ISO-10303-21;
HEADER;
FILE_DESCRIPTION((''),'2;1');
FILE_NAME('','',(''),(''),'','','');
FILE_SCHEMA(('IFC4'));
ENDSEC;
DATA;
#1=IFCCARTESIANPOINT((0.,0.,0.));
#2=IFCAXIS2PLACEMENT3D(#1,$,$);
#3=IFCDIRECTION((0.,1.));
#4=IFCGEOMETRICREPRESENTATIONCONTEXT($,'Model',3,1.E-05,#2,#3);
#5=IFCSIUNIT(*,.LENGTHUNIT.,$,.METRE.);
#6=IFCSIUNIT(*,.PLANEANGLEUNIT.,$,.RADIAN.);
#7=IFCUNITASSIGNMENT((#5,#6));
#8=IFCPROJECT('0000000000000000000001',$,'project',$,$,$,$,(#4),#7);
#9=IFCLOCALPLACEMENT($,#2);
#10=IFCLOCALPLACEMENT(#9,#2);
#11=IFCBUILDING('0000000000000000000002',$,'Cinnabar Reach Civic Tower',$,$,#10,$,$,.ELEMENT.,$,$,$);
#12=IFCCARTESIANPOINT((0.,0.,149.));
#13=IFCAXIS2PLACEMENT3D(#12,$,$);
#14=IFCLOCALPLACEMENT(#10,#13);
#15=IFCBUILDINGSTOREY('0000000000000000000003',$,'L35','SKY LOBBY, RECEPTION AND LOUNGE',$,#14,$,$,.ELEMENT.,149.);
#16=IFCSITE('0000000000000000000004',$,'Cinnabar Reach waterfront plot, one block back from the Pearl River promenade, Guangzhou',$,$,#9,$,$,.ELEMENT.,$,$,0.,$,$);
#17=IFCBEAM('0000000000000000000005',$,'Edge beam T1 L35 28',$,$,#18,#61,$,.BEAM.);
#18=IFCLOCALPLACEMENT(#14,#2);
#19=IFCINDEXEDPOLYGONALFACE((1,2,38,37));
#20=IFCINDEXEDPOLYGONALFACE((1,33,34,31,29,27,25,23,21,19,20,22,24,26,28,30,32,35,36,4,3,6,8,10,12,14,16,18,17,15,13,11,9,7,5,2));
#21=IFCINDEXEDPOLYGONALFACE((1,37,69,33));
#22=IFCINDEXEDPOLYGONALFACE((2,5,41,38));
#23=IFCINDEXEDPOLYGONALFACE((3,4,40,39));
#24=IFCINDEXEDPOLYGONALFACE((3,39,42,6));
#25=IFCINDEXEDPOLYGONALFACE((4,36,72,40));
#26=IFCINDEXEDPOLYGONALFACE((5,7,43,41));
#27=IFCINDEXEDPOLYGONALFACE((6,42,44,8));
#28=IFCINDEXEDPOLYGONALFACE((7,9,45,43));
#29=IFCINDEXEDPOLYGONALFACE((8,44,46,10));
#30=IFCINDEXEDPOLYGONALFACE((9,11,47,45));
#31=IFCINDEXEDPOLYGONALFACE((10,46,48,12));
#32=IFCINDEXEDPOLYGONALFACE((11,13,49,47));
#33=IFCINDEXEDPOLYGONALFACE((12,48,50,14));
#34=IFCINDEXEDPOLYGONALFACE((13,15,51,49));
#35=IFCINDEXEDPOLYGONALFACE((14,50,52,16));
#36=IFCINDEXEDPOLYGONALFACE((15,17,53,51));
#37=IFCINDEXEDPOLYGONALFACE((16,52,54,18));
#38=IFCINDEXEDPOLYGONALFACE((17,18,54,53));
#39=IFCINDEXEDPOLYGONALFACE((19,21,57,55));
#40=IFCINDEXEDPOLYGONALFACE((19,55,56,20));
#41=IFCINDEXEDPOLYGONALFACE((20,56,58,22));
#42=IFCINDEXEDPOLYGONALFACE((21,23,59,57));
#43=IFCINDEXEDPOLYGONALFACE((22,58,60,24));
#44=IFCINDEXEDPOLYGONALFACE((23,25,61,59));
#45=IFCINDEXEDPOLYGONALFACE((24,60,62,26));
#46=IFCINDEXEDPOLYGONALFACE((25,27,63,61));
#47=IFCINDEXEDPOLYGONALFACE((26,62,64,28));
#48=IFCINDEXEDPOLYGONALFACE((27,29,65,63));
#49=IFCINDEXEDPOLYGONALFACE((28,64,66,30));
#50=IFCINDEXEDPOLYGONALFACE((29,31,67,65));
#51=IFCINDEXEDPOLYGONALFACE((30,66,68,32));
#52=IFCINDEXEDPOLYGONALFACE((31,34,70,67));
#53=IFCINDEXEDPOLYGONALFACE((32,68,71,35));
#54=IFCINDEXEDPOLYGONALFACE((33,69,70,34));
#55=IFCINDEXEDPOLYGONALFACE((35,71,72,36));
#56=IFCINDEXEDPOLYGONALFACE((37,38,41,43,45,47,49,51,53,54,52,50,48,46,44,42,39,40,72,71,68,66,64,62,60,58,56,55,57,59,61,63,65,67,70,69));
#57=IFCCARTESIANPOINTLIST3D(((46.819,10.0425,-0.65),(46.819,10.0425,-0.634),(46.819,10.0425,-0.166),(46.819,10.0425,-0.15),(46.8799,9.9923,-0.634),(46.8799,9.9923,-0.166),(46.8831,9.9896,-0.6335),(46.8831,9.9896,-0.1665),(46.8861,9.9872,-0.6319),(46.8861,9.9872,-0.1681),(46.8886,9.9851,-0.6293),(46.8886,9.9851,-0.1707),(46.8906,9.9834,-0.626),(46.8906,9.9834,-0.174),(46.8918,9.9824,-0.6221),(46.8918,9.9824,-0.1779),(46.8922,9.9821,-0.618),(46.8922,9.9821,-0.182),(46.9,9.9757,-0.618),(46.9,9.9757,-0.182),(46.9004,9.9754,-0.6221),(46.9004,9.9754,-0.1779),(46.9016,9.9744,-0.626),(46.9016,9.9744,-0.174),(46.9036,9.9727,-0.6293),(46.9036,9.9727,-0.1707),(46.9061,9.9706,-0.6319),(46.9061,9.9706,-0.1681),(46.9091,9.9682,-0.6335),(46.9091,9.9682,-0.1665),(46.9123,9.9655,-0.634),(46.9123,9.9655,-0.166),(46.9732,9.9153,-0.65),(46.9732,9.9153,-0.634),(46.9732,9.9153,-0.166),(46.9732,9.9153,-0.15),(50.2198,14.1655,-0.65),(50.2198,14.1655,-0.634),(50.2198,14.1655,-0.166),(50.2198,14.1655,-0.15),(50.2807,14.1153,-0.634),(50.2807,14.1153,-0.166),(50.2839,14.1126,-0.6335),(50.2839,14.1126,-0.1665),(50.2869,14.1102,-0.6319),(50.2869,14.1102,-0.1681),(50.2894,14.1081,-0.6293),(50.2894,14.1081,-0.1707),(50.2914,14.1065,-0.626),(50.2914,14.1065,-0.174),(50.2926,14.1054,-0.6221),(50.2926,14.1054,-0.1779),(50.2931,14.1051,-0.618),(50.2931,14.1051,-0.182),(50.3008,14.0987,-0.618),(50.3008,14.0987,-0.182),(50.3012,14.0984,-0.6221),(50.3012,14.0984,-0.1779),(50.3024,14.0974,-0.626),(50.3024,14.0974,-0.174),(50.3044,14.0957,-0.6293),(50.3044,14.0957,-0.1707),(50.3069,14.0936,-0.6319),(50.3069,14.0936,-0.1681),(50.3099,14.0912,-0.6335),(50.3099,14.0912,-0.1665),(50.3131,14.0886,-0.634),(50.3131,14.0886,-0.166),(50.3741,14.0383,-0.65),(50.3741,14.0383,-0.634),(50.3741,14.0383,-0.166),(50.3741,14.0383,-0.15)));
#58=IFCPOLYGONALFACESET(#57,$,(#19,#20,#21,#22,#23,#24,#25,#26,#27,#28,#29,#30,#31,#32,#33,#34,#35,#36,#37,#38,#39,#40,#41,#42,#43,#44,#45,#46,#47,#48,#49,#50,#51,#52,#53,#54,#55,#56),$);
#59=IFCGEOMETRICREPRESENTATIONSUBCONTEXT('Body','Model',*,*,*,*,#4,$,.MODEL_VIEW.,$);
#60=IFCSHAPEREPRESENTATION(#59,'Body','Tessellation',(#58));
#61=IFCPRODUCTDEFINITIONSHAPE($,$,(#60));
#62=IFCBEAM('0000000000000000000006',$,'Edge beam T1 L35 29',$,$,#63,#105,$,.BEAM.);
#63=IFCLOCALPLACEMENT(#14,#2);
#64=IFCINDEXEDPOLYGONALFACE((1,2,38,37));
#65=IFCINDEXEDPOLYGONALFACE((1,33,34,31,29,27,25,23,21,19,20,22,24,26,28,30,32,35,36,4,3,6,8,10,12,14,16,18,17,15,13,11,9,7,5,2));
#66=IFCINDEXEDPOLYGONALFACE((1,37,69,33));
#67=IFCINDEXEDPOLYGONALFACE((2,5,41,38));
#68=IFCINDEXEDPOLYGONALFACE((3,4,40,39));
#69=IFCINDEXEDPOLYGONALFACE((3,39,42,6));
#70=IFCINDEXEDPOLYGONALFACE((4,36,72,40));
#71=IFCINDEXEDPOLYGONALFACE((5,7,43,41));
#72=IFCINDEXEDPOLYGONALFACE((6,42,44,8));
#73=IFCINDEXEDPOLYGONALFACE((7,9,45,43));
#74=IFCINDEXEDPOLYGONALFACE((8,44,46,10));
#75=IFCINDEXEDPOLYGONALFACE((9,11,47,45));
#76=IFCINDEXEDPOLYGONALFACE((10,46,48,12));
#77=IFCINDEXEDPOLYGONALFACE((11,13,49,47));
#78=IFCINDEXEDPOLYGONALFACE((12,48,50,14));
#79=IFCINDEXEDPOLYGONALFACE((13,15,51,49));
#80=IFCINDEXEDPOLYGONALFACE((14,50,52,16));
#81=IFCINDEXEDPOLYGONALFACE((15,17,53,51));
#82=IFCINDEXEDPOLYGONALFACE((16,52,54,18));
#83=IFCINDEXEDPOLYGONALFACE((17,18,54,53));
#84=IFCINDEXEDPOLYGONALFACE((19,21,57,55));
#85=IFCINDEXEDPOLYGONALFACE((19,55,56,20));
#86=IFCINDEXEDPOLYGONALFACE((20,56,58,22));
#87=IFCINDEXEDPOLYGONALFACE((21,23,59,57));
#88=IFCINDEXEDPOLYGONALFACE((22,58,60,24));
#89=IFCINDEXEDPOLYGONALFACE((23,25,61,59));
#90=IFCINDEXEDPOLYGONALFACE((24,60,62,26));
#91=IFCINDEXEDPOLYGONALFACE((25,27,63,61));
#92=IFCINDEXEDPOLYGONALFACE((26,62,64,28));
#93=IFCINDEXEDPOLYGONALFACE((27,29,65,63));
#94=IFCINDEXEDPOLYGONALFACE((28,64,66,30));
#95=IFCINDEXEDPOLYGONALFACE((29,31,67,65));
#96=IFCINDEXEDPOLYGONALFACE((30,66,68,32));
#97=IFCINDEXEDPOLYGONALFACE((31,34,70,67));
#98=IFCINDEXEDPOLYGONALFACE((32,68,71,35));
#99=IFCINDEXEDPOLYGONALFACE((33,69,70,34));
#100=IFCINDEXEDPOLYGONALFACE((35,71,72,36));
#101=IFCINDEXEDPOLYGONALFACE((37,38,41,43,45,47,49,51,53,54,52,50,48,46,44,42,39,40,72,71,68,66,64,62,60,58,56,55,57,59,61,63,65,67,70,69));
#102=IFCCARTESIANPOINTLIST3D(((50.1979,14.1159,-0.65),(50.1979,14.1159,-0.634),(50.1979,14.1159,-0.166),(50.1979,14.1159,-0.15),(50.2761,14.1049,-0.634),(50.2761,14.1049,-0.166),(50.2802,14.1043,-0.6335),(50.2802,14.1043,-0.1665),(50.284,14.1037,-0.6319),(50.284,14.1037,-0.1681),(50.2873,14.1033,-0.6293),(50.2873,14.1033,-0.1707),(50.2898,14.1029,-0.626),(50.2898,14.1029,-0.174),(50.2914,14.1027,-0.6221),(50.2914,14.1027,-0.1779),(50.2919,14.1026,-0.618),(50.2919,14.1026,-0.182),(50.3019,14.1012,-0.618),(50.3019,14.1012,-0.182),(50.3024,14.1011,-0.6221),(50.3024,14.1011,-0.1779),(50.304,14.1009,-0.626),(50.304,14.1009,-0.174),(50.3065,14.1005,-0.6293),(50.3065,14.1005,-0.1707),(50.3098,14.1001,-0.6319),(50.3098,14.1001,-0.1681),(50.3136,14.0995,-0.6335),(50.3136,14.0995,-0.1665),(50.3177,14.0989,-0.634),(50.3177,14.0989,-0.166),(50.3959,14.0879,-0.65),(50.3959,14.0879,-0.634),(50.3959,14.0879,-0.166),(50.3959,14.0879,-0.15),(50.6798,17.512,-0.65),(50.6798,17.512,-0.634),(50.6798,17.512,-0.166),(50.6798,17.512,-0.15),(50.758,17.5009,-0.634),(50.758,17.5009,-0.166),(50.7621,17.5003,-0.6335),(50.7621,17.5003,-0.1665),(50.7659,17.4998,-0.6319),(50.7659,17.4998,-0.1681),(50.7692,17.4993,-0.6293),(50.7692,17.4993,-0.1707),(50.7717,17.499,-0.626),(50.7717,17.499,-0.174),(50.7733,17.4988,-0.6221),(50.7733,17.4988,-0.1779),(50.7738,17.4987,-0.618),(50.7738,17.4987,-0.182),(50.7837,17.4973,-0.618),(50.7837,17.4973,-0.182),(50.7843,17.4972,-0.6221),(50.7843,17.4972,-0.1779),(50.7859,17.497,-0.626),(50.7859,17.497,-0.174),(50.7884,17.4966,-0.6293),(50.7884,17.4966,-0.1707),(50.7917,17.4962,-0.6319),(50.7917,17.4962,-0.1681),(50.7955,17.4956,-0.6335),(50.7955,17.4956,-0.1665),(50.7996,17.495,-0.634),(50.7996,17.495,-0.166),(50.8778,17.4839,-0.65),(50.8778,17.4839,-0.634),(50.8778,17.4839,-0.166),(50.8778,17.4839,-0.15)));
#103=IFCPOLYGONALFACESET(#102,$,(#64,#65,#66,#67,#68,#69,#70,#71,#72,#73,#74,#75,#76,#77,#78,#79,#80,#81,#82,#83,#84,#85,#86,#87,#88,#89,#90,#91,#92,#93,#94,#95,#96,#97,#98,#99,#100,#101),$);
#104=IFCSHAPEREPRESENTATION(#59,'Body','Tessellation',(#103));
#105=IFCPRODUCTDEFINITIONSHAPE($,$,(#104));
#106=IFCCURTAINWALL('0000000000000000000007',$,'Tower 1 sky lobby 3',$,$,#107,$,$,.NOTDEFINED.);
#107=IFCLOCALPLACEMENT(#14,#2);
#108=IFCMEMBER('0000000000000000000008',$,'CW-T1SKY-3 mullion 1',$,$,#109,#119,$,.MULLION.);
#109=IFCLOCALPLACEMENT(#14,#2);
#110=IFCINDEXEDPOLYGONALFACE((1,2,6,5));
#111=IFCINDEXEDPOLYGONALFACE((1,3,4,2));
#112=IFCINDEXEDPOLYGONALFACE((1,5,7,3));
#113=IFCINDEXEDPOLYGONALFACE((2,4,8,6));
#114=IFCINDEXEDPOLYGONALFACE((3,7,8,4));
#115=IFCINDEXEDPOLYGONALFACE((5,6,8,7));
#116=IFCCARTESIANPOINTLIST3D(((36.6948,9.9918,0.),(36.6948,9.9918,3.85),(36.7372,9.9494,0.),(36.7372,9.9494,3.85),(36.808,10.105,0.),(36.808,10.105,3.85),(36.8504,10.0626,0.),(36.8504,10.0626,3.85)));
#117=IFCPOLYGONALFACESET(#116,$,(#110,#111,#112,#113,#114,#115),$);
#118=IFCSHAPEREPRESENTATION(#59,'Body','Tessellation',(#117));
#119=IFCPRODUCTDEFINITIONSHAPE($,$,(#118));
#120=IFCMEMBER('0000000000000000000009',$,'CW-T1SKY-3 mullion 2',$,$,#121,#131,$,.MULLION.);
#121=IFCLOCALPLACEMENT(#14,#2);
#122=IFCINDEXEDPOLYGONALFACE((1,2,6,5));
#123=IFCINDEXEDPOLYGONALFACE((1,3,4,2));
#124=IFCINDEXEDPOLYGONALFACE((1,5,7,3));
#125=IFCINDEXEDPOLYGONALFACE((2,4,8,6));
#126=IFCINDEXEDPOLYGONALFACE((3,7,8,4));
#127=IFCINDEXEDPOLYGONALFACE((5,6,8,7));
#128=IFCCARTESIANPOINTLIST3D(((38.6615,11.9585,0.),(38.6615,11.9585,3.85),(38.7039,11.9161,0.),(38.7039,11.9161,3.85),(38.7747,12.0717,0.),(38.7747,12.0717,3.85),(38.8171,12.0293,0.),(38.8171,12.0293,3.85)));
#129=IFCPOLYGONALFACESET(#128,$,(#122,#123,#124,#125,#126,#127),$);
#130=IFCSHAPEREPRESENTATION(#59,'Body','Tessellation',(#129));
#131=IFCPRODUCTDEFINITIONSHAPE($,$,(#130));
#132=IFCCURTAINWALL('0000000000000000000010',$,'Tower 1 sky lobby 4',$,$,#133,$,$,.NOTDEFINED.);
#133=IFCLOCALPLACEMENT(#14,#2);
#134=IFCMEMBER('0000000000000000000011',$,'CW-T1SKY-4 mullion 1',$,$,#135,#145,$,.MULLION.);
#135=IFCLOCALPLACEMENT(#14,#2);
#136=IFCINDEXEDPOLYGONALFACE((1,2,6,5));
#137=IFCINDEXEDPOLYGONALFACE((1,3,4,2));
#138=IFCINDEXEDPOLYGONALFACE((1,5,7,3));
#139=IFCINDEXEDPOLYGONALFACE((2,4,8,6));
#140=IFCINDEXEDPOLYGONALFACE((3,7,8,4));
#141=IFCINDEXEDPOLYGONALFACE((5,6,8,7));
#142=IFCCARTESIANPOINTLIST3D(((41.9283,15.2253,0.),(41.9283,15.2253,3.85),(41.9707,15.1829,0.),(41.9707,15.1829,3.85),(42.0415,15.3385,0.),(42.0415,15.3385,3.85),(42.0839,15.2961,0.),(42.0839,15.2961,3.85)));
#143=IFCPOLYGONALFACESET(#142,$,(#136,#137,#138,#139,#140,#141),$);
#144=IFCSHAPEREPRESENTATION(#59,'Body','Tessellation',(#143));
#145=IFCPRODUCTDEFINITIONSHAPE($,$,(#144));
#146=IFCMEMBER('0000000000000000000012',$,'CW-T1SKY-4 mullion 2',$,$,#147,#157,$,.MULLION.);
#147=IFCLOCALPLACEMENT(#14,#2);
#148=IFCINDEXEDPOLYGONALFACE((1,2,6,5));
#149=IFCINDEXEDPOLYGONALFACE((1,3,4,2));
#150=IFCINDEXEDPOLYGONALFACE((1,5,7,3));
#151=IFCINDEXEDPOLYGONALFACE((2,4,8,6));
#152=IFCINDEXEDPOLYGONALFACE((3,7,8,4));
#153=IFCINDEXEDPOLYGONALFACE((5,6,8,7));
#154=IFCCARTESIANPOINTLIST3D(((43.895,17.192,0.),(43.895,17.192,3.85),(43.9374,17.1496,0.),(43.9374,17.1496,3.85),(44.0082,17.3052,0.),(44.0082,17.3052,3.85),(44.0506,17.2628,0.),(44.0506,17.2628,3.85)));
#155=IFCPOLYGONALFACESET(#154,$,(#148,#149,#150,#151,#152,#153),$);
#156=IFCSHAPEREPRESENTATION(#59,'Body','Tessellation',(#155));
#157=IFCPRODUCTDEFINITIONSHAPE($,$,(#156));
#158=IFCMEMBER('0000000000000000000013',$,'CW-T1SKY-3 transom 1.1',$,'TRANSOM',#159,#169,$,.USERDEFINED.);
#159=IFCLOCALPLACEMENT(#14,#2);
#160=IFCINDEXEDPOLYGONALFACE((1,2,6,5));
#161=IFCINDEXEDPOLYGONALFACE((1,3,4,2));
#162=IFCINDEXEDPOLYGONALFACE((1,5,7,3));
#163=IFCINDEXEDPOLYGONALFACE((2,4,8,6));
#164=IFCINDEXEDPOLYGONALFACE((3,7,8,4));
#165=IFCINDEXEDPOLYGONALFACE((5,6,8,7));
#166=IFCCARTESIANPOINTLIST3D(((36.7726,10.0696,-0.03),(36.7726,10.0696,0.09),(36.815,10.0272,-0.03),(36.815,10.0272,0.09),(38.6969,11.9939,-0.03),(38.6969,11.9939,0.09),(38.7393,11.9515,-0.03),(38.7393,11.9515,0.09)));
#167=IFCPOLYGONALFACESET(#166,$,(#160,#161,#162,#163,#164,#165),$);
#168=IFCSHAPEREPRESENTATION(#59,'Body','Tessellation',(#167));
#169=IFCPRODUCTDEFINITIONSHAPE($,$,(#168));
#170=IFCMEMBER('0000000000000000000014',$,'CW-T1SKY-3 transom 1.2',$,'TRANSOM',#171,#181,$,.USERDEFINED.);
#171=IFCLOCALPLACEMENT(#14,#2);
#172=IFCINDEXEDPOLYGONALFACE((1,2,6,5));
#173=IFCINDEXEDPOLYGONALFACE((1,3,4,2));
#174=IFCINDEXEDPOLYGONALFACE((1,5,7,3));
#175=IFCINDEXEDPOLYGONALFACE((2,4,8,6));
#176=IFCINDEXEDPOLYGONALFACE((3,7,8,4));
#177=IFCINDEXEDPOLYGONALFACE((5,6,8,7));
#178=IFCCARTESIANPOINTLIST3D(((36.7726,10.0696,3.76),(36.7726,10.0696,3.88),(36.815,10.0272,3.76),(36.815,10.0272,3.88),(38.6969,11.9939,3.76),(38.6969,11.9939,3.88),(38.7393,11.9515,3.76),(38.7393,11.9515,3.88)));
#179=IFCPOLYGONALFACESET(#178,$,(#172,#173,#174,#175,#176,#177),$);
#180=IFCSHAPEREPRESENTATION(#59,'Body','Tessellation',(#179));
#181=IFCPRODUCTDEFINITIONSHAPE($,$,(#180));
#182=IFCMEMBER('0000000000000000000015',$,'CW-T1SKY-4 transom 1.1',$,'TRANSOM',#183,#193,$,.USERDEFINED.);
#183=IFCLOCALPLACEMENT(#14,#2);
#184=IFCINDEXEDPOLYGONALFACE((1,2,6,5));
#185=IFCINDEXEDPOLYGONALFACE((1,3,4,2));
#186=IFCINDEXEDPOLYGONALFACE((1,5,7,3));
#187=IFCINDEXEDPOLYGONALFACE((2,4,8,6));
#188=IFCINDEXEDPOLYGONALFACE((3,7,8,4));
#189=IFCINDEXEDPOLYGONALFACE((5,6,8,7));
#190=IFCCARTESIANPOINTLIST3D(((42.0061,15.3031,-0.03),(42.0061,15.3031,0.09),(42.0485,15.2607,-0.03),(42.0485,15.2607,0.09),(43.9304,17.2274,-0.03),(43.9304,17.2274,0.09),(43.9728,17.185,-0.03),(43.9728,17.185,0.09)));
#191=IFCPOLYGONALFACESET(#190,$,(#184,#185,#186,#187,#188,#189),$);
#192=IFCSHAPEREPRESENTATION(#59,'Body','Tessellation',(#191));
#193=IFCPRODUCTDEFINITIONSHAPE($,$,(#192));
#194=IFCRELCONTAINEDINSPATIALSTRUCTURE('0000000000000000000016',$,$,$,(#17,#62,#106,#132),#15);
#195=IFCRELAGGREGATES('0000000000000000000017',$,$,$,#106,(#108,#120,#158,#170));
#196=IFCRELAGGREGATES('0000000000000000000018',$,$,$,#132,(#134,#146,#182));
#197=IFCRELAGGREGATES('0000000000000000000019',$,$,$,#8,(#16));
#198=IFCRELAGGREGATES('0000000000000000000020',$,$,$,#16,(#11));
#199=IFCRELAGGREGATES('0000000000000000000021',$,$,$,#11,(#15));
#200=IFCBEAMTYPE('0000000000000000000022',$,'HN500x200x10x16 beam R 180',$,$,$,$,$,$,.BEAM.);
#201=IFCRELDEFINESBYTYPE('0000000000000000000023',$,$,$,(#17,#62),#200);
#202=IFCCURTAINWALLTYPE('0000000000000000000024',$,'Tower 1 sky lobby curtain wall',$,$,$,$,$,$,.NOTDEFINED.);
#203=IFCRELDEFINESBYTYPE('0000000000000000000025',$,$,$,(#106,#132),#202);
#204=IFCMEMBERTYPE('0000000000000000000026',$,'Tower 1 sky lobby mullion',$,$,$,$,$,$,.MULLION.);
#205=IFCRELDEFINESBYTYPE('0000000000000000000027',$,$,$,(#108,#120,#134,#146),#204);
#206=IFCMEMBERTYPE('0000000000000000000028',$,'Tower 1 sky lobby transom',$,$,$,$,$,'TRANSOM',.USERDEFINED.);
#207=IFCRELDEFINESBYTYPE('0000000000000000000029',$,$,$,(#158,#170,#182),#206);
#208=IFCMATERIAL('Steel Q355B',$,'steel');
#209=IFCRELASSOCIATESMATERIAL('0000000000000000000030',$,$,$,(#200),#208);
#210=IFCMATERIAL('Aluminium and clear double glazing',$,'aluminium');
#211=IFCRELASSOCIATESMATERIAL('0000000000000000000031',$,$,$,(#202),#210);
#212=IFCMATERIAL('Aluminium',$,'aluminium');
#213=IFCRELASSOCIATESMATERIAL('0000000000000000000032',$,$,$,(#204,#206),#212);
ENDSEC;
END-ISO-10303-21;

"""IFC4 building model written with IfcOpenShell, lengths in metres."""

from ifc_helpers import new_model, si_unit, direction, frame, origin, origin_2d, place, context, subcontext, project, spatial, rectangle, i_section, extrude, material, material_profile, profile_set, type_object, element, aggregate, save


model = new_model("IFC4")

# Units and contexts
model_context = context("Model", 3, precision=1e-05, world=origin(), true_north=direction((0.0, 1.0)))
body_context = subcontext(model_context, "Body", "Model", "MODEL_VIEW")
ifc_project = project(units=[si_unit("LENGTHUNIT", "METRE"), si_unit("PLANEANGLEUNIT", "RADIAN")], contexts=[model_context])

# Site, building, storey
site_placement = place(None, origin())
site = spatial("IfcSite", under=ifc_project, at=site_placement, Name="Cinnabar Reach waterfront plot, one block back from the Pearl River promenade, Guangzhou", CompositionType="ELEMENT", RefElevation=0.0)
building_placement = place(site_placement, origin())
building = spatial("IfcBuilding", under=site, at=building_placement, Name="Cinnabar Reach Civic Tower", CompositionType="ELEMENT")
storey_placement = place(building_placement, frame((0.0, 0.0, 149.0)))
storey = spatial("IfcBuildingStorey", under=building, at=storey_placement, Name="L35", Description="SKY LOBBY, RECEPTION AND LOUNGE", CompositionType="ELEMENT", Elevation=149.0)

# Beams
ifc_material_1 = material(Name="Steel Q355B", Category="steel")
ifc_material_profile_1 = material_profile(ifc_material_1, i_section(OverallWidth=0.2, OverallDepth=0.5, WebThickness=0.01, FlangeThickness=0.016, FilletRadius=0.016, at=origin_2d()), Name="HN500x200x10x16")
ifc_profile_set_1 = profile_set([ifc_material_profile_1], Name="Steel Q355B")
beam_type_1 = type_object("IfcBeamType", Name="HN500x200x10x16 beam R 180", PredefinedType="BEAM", material=ifc_profile_set_1)
for number, where, z_axis, x_axis, name in (
    (1, (46.8961, 9.9789, -0.4), (0.636308, 0.771435, 0.0), (-0.771435, 0.636308, 0.0), "Edge beam T1 L35 28"),
):
    element("IfcBeam", number, at=place(storey_placement, frame(where, z_axis=z_axis, x_axis=x_axis)), inside=storey, type_object=beam_type_1, Name=name, PredefinedType="BEAM", context=body_context, shape_type="SweptSolid", body=[
        extrude(i_section(OverallWidth=0.2, OverallDepth=0.5, WebThickness=0.01, FlangeThickness=0.016, FilletRadius=0.016, at=origin_2d()), origin(), (0.0, 0.0, 1.0), 5.3446),
    ])
beam_1_placement = place(storey_placement, frame((50.2969, 14.1019, -0.4), z_axis=(0.140491, 0.990082, 0.0), x_axis=(-0.990082, 0.140491, 0.0)))
element("IfcBeam", 2, at=beam_1_placement, inside=storey, type_object=beam_type_1, Name="Edge beam T1 L35 29", PredefinedType="BEAM", context=body_context, shape_type="SweptSolid", body=[
    extrude(i_section(OverallWidth=0.2, OverallDepth=0.5, WebThickness=0.01, FlangeThickness=0.016, FilletRadius=0.016, at=origin_2d()), origin(), (0.0, 0.0, 1.0), 3.4301),
])

# Curtain walls, members
ifc_material_2 = material(Name="Aluminium and clear double glazing", Category="aluminium")
curtain_wall_type = type_object("IfcCurtainWallType", Name="Tower 1 sky lobby curtain wall", PredefinedType="NOTDEFINED", material=ifc_material_2)
curtain_wall_1_placement = place(storey_placement, origin())
curtain_wall_1 = element("IfcCurtainWall", 3, at=curtain_wall_1_placement, inside=storey, type_object=curtain_wall_type, Name="Tower 1 sky lobby 3", PredefinedType="NOTDEFINED")
ifc_material_3 = material(Name="Aluminium", Category="aluminium")
ifc_material_profile_2 = material_profile(ifc_material_3, rectangle(XDim=0.06, YDim=0.16, at=origin_2d()), Name="Tower 1 sky lobby mullion")
ifc_profile_set_2 = profile_set([ifc_material_profile_2], Name="Aluminium")
member_type_1 = type_object("IfcMemberType", Name="Tower 1 sky lobby mullion", PredefinedType="MULLION", material=ifc_profile_set_2)
member_1_placement = place(storey_placement, frame((36.7726, 10.0272, 0.0), z_axis=(0.0, 0.0, 1.0), x_axis=(-0.707107, 0.707107, 0.0)))
member_1 = element("IfcMember", 4, at=member_1_placement, type_object=member_type_1, Name="CW-T1SKY-3 mullion 1", PredefinedType="MULLION", context=body_context, shape_type="SweptSolid", body=[
    extrude(rectangle(XDim=0.06, YDim=0.16, at=origin_2d()), origin(), (0.0, 0.0, 1.0), 3.85),
])
member_2_placement = place(storey_placement, frame((38.7393, 11.9939, 0.0), z_axis=(0.0, 0.0, 1.0), x_axis=(-0.707107, 0.707107, 0.0)))
member_2 = element("IfcMember", 5, at=member_2_placement, type_object=member_type_1, Name="CW-T1SKY-3 mullion 2", PredefinedType="MULLION", context=body_context, shape_type="SweptSolid", body=[
    extrude(rectangle(XDim=0.06, YDim=0.16, at=origin_2d()), origin(), (0.0, 0.0, 1.0), 3.85),
])
curtain_wall_2_placement = place(storey_placement, origin())
curtain_wall_2 = element("IfcCurtainWall", 6, at=curtain_wall_2_placement, inside=storey, type_object=curtain_wall_type, Name="Tower 1 sky lobby 4", PredefinedType="NOTDEFINED")
member_3_placement = place(storey_placement, frame((42.0061, 15.2607, 0.0), z_axis=(0.0, 0.0, 1.0), x_axis=(-0.707107, 0.707107, 0.0)))
member_3 = element("IfcMember", 7, at=member_3_placement, type_object=member_type_1, Name="CW-T1SKY-4 mullion 1", PredefinedType="MULLION", context=body_context, shape_type="SweptSolid", body=[
    extrude(rectangle(XDim=0.06, YDim=0.16, at=origin_2d()), origin(), (0.0, 0.0, 1.0), 3.85),
])
member_4_placement = place(storey_placement, frame((43.9728, 17.2274, 0.0), z_axis=(0.0, 0.0, 1.0), x_axis=(-0.707107, 0.707107, 0.0)))
member_4 = element("IfcMember", 8, at=member_4_placement, type_object=member_type_1, Name="CW-T1SKY-4 mullion 2", PredefinedType="MULLION", context=body_context, shape_type="SweptSolid", body=[
    extrude(rectangle(XDim=0.06, YDim=0.16, at=origin_2d()), origin(), (0.0, 0.0, 1.0), 3.85),
])

# Members
ifc_material_profile_3 = material_profile(ifc_material_3, rectangle(XDim=0.06, YDim=0.12, at=origin_2d()), Name="Tower 1 sky lobby transom")
ifc_profile_set_3 = profile_set([ifc_material_profile_3], Name="Aluminium")
member_type_2 = type_object("IfcMemberType", Name="Tower 1 sky lobby transom", ElementType="TRANSOM", PredefinedType="USERDEFINED", material=ifc_profile_set_3)
member_5_placement = place(storey_placement, frame((36.7938, 10.0484, 0.03), z_axis=(0.707107, 0.707107, 0.0), x_axis=(-0.707107, 0.707107, 0.0)))
member_5 = element("IfcMember", 9, at=member_5_placement, type_object=member_type_2, Name="CW-T1SKY-3 transom 1.1", ObjectType="TRANSOM", PredefinedType="USERDEFINED", context=body_context, shape_type="SweptSolid", body=[
    extrude(rectangle(XDim=0.06, YDim=0.12, at=origin_2d()), origin(), (0.0, 0.0, 1.0), 2.7214),
])
member_6_placement = place(storey_placement, frame((36.7938, 10.0484, 3.82), z_axis=(0.707107, 0.707107, 0.0), x_axis=(-0.707107, 0.707107, 0.0)))
member_6 = element("IfcMember", 10, at=member_6_placement, type_object=member_type_2, Name="CW-T1SKY-3 transom 1.2", ObjectType="TRANSOM", PredefinedType="USERDEFINED", context=body_context, shape_type="SweptSolid", body=[
    extrude(rectangle(XDim=0.06, YDim=0.12, at=origin_2d()), origin(), (0.0, 0.0, 1.0), 2.7214),
])
member_7_placement = place(storey_placement, frame((42.0273, 15.2819, 0.03), z_axis=(0.707107, 0.707107, 0.0), x_axis=(-0.707107, 0.707107, 0.0)))
member_7 = element("IfcMember", 11, at=member_7_placement, type_object=member_type_2, Name="CW-T1SKY-4 transom 1.1", ObjectType="TRANSOM", PredefinedType="USERDEFINED", context=body_context, shape_type="SweptSolid", body=[
    extrude(rectangle(XDim=0.06, YDim=0.12, at=origin_2d()), origin(), (0.0, 0.0, 1.0), 2.7214),
])

aggregate(curtain_wall_1, [member_1, member_2, member_5, member_6])
aggregate(curtain_wall_2, [member_3, member_4, member_7])

save(model, "model.ifc")
